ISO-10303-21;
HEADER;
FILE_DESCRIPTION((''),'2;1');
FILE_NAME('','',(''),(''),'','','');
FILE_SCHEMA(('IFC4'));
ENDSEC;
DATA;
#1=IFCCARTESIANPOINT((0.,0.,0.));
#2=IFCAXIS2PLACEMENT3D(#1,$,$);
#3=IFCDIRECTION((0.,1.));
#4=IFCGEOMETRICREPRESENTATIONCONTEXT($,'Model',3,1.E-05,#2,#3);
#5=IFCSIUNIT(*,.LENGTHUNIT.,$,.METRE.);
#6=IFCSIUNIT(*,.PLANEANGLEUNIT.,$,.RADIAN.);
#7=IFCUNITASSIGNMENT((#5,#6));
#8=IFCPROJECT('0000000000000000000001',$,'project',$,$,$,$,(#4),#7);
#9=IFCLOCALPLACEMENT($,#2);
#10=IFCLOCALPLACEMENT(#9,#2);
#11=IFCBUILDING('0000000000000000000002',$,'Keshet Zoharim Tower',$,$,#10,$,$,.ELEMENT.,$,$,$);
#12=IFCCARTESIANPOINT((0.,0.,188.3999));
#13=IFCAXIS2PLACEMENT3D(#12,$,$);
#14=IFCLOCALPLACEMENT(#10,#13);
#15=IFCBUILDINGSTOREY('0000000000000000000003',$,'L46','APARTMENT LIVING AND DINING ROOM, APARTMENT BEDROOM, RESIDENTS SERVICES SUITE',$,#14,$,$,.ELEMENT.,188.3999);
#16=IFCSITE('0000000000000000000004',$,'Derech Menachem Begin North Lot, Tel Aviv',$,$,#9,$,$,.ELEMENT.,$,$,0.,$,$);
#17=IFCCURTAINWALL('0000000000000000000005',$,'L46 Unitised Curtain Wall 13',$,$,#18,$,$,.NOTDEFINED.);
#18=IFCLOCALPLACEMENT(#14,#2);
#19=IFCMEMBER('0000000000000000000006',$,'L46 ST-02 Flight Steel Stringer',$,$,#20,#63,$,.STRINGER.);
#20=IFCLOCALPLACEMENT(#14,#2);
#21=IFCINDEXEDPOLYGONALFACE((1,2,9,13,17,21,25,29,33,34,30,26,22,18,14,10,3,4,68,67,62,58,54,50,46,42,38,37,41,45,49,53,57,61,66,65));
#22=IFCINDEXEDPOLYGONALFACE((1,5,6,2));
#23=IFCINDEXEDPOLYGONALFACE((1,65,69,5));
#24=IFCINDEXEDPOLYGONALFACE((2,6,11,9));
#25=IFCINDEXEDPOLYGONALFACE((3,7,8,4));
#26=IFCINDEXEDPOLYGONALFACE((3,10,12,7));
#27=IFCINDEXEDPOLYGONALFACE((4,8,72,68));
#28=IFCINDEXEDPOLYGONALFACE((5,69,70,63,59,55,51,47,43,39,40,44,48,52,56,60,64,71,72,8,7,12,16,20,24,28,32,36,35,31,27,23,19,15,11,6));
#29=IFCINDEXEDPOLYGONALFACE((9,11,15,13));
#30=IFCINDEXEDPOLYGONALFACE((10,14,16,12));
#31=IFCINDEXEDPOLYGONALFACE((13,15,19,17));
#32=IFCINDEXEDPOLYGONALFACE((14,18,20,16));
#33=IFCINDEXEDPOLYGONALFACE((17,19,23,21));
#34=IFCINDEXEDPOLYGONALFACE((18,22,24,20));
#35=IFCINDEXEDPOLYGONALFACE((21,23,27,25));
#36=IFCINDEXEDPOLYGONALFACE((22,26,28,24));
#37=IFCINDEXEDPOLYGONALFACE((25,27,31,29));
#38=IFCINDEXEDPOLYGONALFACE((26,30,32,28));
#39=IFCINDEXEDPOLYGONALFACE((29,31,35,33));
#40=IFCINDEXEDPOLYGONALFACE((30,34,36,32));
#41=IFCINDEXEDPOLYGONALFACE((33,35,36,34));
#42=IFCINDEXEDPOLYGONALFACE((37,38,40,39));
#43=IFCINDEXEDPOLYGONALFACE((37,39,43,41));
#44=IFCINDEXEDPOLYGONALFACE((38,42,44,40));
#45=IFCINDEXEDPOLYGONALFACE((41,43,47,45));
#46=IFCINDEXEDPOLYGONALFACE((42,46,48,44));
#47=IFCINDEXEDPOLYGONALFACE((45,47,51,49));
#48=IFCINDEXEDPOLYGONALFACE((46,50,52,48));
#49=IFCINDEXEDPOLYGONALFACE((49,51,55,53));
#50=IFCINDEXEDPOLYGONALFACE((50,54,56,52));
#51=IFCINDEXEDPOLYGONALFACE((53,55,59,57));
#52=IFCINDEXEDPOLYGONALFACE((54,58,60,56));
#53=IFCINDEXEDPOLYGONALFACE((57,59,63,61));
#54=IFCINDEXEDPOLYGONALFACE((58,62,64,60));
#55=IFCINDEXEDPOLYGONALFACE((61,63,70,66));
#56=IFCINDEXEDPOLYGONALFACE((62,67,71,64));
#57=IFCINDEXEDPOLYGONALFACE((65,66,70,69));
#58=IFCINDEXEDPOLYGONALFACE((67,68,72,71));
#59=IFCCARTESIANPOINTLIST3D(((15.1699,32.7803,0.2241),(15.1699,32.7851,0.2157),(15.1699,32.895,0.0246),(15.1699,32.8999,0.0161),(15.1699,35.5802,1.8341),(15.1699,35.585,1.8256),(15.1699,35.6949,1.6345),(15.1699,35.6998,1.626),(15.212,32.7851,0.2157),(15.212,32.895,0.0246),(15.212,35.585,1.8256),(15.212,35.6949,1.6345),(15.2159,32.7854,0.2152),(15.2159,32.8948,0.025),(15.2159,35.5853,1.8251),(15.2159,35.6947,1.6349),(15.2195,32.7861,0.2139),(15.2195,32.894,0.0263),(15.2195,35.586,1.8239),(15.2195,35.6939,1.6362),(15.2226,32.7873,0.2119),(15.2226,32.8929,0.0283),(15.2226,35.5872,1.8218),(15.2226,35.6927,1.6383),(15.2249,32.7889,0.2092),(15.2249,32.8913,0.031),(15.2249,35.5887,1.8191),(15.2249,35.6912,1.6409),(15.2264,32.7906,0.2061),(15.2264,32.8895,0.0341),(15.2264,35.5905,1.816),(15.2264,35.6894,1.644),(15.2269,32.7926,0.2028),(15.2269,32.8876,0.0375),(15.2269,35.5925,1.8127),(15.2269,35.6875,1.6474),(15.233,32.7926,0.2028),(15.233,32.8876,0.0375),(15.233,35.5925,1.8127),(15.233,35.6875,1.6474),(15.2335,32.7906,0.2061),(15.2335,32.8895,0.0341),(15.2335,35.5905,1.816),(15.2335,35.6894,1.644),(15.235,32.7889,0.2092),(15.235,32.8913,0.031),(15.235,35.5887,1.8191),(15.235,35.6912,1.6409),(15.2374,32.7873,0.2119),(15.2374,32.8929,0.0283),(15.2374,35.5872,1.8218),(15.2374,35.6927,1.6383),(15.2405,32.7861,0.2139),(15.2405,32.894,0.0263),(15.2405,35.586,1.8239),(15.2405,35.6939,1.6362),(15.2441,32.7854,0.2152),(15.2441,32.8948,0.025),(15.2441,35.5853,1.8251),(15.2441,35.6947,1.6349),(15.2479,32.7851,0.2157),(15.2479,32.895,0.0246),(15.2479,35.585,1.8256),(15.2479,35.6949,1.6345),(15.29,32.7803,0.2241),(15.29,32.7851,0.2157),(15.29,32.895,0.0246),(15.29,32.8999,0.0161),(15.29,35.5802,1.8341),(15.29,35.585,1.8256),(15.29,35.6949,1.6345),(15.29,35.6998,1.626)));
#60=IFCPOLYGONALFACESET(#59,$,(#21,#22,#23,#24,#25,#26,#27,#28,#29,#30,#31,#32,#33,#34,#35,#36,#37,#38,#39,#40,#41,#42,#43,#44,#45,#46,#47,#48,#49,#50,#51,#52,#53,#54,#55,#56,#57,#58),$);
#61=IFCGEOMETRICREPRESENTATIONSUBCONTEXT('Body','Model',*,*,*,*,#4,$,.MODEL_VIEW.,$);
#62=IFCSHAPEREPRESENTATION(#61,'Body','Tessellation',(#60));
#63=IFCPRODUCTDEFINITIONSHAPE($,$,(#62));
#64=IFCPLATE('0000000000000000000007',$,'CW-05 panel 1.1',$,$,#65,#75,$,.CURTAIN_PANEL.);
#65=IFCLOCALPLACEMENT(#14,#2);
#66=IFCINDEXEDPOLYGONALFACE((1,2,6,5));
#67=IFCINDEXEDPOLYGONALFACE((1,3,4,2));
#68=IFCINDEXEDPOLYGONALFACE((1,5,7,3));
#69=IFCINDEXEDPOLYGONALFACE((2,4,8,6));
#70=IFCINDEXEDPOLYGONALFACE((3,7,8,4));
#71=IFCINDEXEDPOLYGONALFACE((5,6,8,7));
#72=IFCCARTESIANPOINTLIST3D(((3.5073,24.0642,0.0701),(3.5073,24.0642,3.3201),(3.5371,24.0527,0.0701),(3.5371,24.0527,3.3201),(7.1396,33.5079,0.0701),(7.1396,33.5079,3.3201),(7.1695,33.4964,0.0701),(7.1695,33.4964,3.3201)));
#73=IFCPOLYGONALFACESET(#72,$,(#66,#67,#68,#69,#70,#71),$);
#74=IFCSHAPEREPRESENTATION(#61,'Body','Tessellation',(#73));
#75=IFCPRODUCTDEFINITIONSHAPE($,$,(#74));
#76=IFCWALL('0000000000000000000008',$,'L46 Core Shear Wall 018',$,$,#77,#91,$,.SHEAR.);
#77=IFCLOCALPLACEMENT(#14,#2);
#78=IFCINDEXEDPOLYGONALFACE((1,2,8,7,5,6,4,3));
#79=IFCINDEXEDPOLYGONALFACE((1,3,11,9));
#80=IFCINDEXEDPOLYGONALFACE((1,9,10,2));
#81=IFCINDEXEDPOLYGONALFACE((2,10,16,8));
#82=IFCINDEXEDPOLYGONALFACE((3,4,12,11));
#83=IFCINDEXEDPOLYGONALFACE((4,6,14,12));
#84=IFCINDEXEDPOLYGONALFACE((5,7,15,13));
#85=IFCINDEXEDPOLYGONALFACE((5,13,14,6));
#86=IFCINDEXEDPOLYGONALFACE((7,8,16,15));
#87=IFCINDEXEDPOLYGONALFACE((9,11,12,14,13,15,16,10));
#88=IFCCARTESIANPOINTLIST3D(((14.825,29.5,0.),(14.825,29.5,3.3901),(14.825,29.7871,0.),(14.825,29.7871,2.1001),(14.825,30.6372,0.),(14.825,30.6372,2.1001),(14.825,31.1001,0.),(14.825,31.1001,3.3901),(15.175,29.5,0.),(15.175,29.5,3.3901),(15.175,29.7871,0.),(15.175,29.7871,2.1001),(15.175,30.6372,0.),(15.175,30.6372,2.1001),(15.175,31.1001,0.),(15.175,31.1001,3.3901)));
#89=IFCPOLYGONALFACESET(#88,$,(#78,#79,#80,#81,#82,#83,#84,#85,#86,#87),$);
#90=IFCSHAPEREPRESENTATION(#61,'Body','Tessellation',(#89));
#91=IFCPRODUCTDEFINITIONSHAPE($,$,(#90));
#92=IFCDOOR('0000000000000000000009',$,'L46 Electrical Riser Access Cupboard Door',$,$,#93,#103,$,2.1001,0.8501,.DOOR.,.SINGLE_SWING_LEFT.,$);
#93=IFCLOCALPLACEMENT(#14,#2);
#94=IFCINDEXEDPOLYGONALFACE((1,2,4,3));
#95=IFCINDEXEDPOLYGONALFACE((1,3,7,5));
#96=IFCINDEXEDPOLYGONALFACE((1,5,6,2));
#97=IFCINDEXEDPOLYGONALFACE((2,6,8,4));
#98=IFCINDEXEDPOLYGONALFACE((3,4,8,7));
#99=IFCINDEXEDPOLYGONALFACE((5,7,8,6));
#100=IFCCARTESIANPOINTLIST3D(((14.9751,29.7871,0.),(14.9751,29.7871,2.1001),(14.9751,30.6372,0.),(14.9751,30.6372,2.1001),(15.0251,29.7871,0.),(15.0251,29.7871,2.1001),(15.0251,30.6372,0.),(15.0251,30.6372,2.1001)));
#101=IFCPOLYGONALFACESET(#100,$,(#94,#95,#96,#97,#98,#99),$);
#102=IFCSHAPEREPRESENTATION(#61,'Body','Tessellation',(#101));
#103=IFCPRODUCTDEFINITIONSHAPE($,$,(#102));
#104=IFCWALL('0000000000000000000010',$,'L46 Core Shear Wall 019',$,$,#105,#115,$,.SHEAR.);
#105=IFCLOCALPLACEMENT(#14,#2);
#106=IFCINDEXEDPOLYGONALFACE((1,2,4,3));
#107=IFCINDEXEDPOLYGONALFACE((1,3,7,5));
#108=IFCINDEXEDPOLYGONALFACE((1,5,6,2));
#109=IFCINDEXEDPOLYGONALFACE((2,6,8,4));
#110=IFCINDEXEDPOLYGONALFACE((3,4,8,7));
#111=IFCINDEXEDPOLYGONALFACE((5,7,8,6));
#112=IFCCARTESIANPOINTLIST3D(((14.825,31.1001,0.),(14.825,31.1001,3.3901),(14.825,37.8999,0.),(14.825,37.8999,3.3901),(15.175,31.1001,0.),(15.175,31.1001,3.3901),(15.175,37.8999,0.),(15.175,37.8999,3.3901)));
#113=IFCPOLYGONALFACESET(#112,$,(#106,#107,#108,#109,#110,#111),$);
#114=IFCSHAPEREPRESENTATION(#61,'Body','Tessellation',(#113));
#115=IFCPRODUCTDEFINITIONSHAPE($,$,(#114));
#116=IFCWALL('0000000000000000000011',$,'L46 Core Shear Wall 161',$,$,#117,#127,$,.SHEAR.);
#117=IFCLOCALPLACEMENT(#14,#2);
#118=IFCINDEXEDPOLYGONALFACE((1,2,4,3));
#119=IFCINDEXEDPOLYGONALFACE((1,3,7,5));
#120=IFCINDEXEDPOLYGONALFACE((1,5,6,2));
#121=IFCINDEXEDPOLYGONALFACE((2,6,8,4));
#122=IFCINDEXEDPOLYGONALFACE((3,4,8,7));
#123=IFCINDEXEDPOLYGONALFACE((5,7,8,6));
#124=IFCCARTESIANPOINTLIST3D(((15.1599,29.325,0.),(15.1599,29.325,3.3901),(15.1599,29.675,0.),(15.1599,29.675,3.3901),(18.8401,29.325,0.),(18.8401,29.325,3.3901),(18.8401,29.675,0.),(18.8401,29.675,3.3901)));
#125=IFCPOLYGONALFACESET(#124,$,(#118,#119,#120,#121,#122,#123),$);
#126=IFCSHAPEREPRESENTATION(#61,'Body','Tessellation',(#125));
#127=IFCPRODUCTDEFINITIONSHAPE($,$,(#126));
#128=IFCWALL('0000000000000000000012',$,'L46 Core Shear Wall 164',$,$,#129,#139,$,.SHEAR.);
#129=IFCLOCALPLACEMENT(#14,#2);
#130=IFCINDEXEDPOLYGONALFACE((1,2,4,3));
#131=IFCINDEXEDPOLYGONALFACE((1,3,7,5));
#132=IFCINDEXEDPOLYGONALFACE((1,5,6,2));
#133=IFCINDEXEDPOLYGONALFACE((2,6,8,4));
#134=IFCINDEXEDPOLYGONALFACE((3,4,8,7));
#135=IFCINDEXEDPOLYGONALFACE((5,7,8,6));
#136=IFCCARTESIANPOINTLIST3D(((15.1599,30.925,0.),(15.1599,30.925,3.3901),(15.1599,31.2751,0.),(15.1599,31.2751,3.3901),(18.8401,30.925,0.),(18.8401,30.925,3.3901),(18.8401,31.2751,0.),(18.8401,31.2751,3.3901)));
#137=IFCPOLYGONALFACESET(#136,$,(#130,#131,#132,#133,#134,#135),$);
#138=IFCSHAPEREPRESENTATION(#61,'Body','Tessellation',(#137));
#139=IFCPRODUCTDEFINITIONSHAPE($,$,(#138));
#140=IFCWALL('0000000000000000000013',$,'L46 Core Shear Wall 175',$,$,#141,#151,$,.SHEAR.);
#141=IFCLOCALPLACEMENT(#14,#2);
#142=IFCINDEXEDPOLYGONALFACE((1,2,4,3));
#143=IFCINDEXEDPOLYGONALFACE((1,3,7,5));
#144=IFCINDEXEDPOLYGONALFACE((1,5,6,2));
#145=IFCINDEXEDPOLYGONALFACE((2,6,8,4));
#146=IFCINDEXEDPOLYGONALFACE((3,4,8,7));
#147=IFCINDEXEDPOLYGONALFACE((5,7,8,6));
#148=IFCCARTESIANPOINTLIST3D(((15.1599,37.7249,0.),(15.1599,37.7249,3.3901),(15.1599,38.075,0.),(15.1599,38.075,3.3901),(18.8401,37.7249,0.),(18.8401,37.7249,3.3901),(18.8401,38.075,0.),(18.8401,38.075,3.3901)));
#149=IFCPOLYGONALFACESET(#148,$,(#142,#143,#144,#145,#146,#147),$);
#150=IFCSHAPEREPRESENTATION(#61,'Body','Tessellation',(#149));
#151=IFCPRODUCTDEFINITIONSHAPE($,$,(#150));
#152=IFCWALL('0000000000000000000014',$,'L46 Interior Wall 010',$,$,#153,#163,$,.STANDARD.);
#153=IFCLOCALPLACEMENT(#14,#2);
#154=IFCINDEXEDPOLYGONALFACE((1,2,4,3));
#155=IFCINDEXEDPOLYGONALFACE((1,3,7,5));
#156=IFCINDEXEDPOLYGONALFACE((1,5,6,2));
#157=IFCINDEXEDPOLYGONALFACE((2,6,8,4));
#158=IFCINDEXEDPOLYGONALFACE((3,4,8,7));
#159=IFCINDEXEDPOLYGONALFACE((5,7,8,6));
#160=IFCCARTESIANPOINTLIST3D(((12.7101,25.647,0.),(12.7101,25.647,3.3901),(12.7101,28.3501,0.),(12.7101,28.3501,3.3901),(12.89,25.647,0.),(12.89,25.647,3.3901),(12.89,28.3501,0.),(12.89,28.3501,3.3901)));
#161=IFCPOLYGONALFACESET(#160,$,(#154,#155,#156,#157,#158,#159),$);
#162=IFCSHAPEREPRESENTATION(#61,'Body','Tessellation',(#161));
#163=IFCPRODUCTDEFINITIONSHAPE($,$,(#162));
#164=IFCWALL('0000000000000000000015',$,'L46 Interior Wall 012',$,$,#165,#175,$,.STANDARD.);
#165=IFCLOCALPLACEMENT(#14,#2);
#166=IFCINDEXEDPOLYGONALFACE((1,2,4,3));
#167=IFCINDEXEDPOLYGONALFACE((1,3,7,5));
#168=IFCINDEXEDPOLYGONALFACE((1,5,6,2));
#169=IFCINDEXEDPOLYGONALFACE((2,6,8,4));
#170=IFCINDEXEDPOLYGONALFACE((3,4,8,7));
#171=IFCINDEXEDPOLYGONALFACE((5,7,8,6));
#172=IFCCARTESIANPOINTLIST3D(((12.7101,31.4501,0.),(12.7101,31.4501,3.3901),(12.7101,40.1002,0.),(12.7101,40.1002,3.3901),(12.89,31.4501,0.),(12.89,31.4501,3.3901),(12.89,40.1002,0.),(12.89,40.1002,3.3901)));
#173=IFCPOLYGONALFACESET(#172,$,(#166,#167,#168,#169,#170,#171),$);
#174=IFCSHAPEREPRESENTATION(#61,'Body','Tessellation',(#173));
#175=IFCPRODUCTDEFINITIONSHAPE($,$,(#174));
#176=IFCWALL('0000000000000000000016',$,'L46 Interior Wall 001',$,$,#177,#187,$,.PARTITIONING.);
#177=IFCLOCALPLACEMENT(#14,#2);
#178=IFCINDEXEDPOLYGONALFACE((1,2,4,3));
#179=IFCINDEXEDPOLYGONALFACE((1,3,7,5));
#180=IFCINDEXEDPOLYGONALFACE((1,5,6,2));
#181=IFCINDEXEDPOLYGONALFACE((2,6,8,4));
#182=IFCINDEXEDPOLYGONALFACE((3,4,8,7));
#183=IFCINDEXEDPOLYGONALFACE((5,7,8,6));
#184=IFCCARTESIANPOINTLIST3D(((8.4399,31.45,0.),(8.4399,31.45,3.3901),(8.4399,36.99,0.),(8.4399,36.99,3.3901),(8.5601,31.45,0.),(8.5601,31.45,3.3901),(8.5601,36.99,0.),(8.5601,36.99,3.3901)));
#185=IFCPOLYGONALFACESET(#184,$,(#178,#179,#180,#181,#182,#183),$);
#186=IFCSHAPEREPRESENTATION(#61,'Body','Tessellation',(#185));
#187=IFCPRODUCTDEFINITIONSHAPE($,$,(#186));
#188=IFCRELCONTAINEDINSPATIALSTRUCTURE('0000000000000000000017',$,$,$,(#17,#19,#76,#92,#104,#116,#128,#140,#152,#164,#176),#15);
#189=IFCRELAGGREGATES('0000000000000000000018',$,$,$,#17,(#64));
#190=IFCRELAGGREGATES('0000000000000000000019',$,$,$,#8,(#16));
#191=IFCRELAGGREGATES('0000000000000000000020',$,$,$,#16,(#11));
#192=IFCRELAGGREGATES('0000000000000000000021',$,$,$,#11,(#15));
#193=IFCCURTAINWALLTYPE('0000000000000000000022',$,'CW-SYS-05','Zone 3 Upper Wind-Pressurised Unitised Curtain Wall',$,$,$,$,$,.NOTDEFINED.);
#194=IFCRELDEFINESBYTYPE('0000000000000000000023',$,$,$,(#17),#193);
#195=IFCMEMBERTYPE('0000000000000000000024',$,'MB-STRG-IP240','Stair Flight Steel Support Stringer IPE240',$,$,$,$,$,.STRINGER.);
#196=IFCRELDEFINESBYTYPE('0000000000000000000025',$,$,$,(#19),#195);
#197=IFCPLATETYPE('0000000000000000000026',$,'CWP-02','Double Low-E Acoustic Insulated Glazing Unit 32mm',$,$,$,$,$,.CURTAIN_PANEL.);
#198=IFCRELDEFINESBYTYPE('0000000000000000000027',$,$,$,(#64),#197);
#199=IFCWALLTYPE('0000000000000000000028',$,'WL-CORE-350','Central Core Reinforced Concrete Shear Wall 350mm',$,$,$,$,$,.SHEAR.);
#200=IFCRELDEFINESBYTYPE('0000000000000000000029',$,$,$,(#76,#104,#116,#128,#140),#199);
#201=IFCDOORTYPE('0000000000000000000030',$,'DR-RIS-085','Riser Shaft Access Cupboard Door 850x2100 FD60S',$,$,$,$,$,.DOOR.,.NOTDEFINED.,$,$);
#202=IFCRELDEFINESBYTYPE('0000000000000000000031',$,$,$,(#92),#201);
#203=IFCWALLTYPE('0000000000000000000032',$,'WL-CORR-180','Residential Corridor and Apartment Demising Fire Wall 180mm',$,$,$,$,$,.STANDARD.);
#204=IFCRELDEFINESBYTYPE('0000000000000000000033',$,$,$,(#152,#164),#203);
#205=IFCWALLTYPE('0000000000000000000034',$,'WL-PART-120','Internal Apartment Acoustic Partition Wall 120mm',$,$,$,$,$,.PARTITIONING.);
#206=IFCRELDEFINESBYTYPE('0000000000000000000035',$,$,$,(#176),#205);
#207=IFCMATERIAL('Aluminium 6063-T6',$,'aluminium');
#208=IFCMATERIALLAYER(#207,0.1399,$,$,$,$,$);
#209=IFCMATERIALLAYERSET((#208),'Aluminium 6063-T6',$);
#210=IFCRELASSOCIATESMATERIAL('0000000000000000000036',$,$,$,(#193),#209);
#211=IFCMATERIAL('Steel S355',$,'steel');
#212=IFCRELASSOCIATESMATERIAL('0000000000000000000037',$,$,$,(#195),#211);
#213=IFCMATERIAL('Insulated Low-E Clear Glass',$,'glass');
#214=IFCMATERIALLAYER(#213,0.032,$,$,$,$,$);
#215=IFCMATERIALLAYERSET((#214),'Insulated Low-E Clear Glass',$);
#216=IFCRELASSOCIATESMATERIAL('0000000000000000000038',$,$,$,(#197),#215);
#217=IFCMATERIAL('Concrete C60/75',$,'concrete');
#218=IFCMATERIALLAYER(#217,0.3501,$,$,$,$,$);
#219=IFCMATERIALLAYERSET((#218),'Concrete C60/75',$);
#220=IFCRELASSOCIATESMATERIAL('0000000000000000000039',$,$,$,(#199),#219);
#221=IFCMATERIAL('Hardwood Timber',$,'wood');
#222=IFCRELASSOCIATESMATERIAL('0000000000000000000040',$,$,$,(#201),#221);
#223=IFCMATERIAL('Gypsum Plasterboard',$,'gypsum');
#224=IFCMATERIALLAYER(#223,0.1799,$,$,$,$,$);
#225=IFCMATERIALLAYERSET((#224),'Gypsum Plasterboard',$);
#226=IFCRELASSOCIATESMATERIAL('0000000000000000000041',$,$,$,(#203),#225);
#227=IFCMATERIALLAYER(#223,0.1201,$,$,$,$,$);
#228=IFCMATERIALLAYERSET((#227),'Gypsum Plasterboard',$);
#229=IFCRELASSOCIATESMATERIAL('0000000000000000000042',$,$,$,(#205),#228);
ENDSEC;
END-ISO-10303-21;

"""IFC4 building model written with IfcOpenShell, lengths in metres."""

from ifc_helpers import new_model, si_unit, direction, frame, frame_2d, origin, origin_2d, place, context, subcontext, project, spatial, rectangle, i_section, extrude, material, layer, layer_set, material_profile, profile_set, type_object, element, fill, aggregate, save


model = new_model("IFC4")

# Units and contexts
model_context = context("Model", 3, precision=1e-05, world=origin(), true_north=direction((0.0, 1.0)))
body_context = subcontext(model_context, "Body", "Model", "MODEL_VIEW")
ifc_project = project(units=[si_unit("LENGTHUNIT", "METRE"), si_unit("PLANEANGLEUNIT", "RADIAN")], contexts=[model_context])

# Site, building, storey
site_placement = place(None, origin())
site = spatial("IfcSite", under=ifc_project, at=site_placement, Name="Derech Menachem Begin North Lot, Tel Aviv", CompositionType="ELEMENT", RefElevation=0.0)
building_placement = place(site_placement, origin())
building = spatial("IfcBuilding", under=site, at=building_placement, Name="Keshet Zoharim Tower", CompositionType="ELEMENT")
storey_placement = place(building_placement, frame((0.0, 0.0, 188.3999)))
storey = spatial("IfcBuildingStorey", under=building, at=storey_placement, Name="L46", Description="APARTMENT LIVING AND DINING ROOM, APARTMENT BEDROOM, RESIDENTS SERVICES SUITE", CompositionType="ELEMENT", Elevation=188.3999)

# Shared definitions
ifc_material_1 = material(Name="Steel S355", Category="steel")

# Curtain wall
ifc_material_2 = material(Name="Aluminium 6063-T6", Category="aluminium")
ifc_layer_1 = layer(ifc_material_2, 0.1399)
ifc_layer_set_1 = layer_set([ifc_layer_1], Name="Aluminium 6063-T6")
curtain_wall_type = type_object("IfcCurtainWallType", Name="CW-SYS-05", Description="Zone 3 Upper Wind-Pressurised Unitised Curtain Wall", PredefinedType="NOTDEFINED", material=ifc_layer_set_1)
curtain_wall_placement = place(storey_placement, origin())
curtain_wall = element("IfcCurtainWall", 1, at=curtain_wall_placement, inside=storey, type_object=curtain_wall_type, Name="L46 Unitised Curtain Wall 13", PredefinedType="NOTDEFINED")

# Member
ifc_material_profile_1 = material_profile(ifc_material_1, i_section(OverallWidth=0.1201, OverallDepth=0.24, WebThickness=0.0061, FlangeThickness=0.0098, FilletRadius=0.0149, at=origin_2d()), Name="IPE240")
ifc_profile_set_1 = profile_set([ifc_material_profile_1], Name="Steel S355")
member_type_1 = type_object("IfcMemberType", Name="MB-STRG-IP240", Description="Stair Flight Steel Support Stringer IPE240", PredefinedType="STRINGER", material=ifc_profile_set_1)
member_1_placement = place(storey_placement, frame((15.23, 32.8401, 0.1201), z_axis=(0.0, 0.86691, 0.498465), x_axis=(-1.0, 0.0, 0.0)))
element("IfcMember", 2, at=member_1_placement, inside=storey, type_object=member_type_1, Name="L46 ST-02 Flight Steel Stringer", PredefinedType="STRINGER", context=body_context, shape_type="SweptSolid", body=[
    extrude(i_section(OverallWidth=0.1201, OverallDepth=0.24, WebThickness=0.0061, FlangeThickness=0.0098, FilletRadius=0.0149, at=origin_2d()), origin(), (0.0, 0.0, 1.0), 3.2297),
])

# Plate
ifc_material_3 = material(Name="Insulated Low-E Clear Glass", Category="glass")
ifc_layer_2 = layer(ifc_material_3, 0.032)
ifc_layer_set_2 = layer_set([ifc_layer_2], Name="Insulated Low-E Clear Glass")
plate_type = type_object("IfcPlateType", Name="CWP-02", Description="Double Low-E Acoustic Insulated Glazing Unit 32mm", PredefinedType="CURTAIN_PANEL", material=ifc_layer_set_2)
plate_placement = place(storey_placement, frame((5.3384, 28.7803, 0.0701), z_axis=(0.0, 0.0, 1.0), x_axis=(0.35899, 0.933341, 0.0)))
plate = element("IfcPlate", 3, at=plate_placement, type_object=plate_type, Name="CW-05 panel 1.1", PredefinedType="CURTAIN_PANEL", context=body_context, shape_type="SweptSolid", body=[
    extrude(rectangle(XDim=10.1182, YDim=0.032, at=origin_2d()), origin(), (0.0, 0.0, 1.0), 3.25),
])
aggregate(curtain_wall, [plate])

# Wall, opening, door
ifc_material_4 = material(Name="Concrete C60/75", Category="concrete")
ifc_layer_3 = layer(ifc_material_4, 0.3501)
ifc_layer_set_3 = layer_set([ifc_layer_3], Name="Concrete C60/75")
wall_type_1 = type_object("IfcWallType", Name="WL-CORE-350", Description="Central Core Reinforced Concrete Shear Wall 350mm", PredefinedType="SHEAR", material=ifc_layer_set_3)
wall_1_placement = place(storey_placement, frame((15.0, 29.5, 0.0), z_axis=(0.0, 0.0, 1.0), x_axis=(0.0, 1.0, 0.0)))
wall_1 = element("IfcWall", 4, at=wall_1_placement, inside=storey, type_object=wall_type_1, Name="L46 Core Shear Wall 018", PredefinedType="SHEAR", context=body_context, shape_type="SweptSolid", body=[
    extrude(rectangle(XDim=1.6001, YDim=0.3501, at=frame_2d((0.8, 0.0))), origin(), (0.0, 0.0, 1.0), 3.3901),
])
opening_1_placement = place(wall_1_placement, frame((0.2871, 0.0, 0.0)))
opening_1 = element("IfcOpeningElement", 5, at=opening_1_placement, cuts=wall_1, PredefinedType="OPENING", context=body_context, shape_type="SweptSolid", body=[
    extrude(rectangle(XDim=0.8501, YDim=2.1001, at=frame_2d((0.425, 1.05))), frame((0.0, 0.1851, 0.0), z_axis=(0.0, -1.0, 0.0), x_axis=(1.0, 0.0, 0.0)), (0.0, 0.0, 1.0), 0.3701),
])
ifc_material_5 = material(Name="Hardwood Timber", Category="wood")
door_type_1 = type_object("IfcDoorType", Name="DR-RIS-085", Description="Riser Shaft Access Cupboard Door 850x2100 FD60S", OperationType="NOTDEFINED", PredefinedType="DOOR", material=ifc_material_5)
door_1_placement = place(opening_1_placement, origin())
door_1 = element("IfcDoor", 6, at=door_1_placement, inside=storey, type_object=door_type_1, Name="L46 Electrical Riser Access Cupboard Door", OperationType="SINGLE_SWING_LEFT", OverallHeight=2.1001, OverallWidth=0.8501, PredefinedType="DOOR", context=body_context, shape_type="SweptSolid", body=[
    extrude(rectangle(XDim=0.8501, YDim=2.1001, at=frame_2d((0.425, 1.05))), frame((0.0, 0.0249, 0.0), z_axis=(0.0, -1.0, 0.0), x_axis=(1.0, 0.0, 0.0)), (0.0, 0.0, 1.0), 0.05),
])
fill(opening_1, door_1)

# Walls
wall_2_placement = place(storey_placement, frame((15.0, 31.1001, 0.0), z_axis=(0.0, 0.0, 1.0), x_axis=(0.0, 1.0, 0.0)))
element("IfcWall", 7, at=wall_2_placement, inside=storey, type_object=wall_type_1, Name="L46 Core Shear Wall 019", PredefinedType="SHEAR", context=body_context, shape_type="SweptSolid", body=[
    extrude(rectangle(XDim=6.7998, YDim=0.3501, at=frame_2d((3.3999, 0.0))), origin(), (0.0, 0.0, 1.0), 3.3901),
])
for number, where, z_axis, x_axis, name in (
    (8, (15.1599, 29.5, 0.0), (0.0, 0.0, 1.0), (1.0, 0.0, 0.0), "L46 Core Shear Wall 161"),
    (9, (15.1599, 31.1001, 0.0), (0.0, 0.0, 1.0), (1.0, 0.0, 0.0), "L46 Core Shear Wall 164"),
    (10, (15.1599, 37.8999, 0.0), (0.0, 0.0, 1.0), (1.0, 0.0, 0.0), "L46 Core Shear Wall 175"),
):
    element("IfcWall", number, at=place(storey_placement, frame(where, z_axis=z_axis, x_axis=x_axis)), inside=storey, type_object=wall_type_1, Name=name, PredefinedType="SHEAR", context=body_context, shape_type="SweptSolid", body=[
        extrude(rectangle(XDim=3.6802, YDim=0.3501, at=frame_2d((1.8401, 0.0))), origin(), (0.0, 0.0, 1.0), 3.3901),
    ])
ifc_material_6 = material(Name="Gypsum Plasterboard", Category="gypsum")
ifc_layer_4 = layer(ifc_material_6, 0.1799)
ifc_layer_set_4 = layer_set([ifc_layer_4], Name="Gypsum Plasterboard")
wall_type_2 = type_object("IfcWallType", Name="WL-CORR-180", Description="Residential Corridor and Apartment Demising Fire Wall 180mm", PredefinedType="STANDARD", material=ifc_layer_set_4)
wall_3_placement = place(storey_placement, frame((12.8, 25.647, 0.0), z_axis=(0.0, 0.0, 1.0), x_axis=(0.0, 1.0, 0.0)))
element("IfcWall", 11, at=wall_3_placement, inside=storey, type_object=wall_type_2, Name="L46 Interior Wall 010", PredefinedType="STANDARD", context=body_context, shape_type="SweptSolid", body=[
    extrude(rectangle(XDim=2.7031, YDim=0.1799, at=frame_2d((1.3516, 0.0))), origin(), (0.0, 0.0, 1.0), 3.3901),
])

# Walls
wall_4_placement = place(storey_placement, frame((12.8, 31.45, 0.0), z_axis=(0.0, 0.0, 1.0), x_axis=(0.0, 1.0, 0.0)))
element("IfcWall", 12, at=wall_4_placement, inside=storey, type_object=wall_type_2, Name="L46 Interior Wall 012", PredefinedType="STANDARD", context=body_context, shape_type="SweptSolid", body=[
    extrude(rectangle(XDim=8.6501, YDim=0.1799, at=frame_2d((4.3252, 0.0))), origin(), (0.0, 0.0, 1.0), 3.3901),
])
ifc_layer_5 = layer(ifc_material_6, 0.1201)
ifc_layer_set_5 = layer_set([ifc_layer_5], Name="Gypsum Plasterboard")
wall_type_3 = type_object("IfcWallType", Name="WL-PART-120", Description="Internal Apartment Acoustic Partition Wall 120mm", PredefinedType="PARTITIONING", material=ifc_layer_set_5)
wall_5_placement = place(storey_placement, frame((8.5, 31.45, 0.0), z_axis=(0.0, 0.0, 1.0), x_axis=(0.0, 1.0, 0.0)))
element("IfcWall", 13, at=wall_5_placement, inside=storey, type_object=wall_type_3, Name="L46 Interior Wall 001", PredefinedType="PARTITIONING", context=body_context, shape_type="SweptSolid", body=[
    extrude(rectangle(XDim=5.54, YDim=0.1201, at=frame_2d((2.77, 0.0))), origin(), (0.0, 0.0, 1.0), 3.3901),
])

save(model, "model.ifc")
